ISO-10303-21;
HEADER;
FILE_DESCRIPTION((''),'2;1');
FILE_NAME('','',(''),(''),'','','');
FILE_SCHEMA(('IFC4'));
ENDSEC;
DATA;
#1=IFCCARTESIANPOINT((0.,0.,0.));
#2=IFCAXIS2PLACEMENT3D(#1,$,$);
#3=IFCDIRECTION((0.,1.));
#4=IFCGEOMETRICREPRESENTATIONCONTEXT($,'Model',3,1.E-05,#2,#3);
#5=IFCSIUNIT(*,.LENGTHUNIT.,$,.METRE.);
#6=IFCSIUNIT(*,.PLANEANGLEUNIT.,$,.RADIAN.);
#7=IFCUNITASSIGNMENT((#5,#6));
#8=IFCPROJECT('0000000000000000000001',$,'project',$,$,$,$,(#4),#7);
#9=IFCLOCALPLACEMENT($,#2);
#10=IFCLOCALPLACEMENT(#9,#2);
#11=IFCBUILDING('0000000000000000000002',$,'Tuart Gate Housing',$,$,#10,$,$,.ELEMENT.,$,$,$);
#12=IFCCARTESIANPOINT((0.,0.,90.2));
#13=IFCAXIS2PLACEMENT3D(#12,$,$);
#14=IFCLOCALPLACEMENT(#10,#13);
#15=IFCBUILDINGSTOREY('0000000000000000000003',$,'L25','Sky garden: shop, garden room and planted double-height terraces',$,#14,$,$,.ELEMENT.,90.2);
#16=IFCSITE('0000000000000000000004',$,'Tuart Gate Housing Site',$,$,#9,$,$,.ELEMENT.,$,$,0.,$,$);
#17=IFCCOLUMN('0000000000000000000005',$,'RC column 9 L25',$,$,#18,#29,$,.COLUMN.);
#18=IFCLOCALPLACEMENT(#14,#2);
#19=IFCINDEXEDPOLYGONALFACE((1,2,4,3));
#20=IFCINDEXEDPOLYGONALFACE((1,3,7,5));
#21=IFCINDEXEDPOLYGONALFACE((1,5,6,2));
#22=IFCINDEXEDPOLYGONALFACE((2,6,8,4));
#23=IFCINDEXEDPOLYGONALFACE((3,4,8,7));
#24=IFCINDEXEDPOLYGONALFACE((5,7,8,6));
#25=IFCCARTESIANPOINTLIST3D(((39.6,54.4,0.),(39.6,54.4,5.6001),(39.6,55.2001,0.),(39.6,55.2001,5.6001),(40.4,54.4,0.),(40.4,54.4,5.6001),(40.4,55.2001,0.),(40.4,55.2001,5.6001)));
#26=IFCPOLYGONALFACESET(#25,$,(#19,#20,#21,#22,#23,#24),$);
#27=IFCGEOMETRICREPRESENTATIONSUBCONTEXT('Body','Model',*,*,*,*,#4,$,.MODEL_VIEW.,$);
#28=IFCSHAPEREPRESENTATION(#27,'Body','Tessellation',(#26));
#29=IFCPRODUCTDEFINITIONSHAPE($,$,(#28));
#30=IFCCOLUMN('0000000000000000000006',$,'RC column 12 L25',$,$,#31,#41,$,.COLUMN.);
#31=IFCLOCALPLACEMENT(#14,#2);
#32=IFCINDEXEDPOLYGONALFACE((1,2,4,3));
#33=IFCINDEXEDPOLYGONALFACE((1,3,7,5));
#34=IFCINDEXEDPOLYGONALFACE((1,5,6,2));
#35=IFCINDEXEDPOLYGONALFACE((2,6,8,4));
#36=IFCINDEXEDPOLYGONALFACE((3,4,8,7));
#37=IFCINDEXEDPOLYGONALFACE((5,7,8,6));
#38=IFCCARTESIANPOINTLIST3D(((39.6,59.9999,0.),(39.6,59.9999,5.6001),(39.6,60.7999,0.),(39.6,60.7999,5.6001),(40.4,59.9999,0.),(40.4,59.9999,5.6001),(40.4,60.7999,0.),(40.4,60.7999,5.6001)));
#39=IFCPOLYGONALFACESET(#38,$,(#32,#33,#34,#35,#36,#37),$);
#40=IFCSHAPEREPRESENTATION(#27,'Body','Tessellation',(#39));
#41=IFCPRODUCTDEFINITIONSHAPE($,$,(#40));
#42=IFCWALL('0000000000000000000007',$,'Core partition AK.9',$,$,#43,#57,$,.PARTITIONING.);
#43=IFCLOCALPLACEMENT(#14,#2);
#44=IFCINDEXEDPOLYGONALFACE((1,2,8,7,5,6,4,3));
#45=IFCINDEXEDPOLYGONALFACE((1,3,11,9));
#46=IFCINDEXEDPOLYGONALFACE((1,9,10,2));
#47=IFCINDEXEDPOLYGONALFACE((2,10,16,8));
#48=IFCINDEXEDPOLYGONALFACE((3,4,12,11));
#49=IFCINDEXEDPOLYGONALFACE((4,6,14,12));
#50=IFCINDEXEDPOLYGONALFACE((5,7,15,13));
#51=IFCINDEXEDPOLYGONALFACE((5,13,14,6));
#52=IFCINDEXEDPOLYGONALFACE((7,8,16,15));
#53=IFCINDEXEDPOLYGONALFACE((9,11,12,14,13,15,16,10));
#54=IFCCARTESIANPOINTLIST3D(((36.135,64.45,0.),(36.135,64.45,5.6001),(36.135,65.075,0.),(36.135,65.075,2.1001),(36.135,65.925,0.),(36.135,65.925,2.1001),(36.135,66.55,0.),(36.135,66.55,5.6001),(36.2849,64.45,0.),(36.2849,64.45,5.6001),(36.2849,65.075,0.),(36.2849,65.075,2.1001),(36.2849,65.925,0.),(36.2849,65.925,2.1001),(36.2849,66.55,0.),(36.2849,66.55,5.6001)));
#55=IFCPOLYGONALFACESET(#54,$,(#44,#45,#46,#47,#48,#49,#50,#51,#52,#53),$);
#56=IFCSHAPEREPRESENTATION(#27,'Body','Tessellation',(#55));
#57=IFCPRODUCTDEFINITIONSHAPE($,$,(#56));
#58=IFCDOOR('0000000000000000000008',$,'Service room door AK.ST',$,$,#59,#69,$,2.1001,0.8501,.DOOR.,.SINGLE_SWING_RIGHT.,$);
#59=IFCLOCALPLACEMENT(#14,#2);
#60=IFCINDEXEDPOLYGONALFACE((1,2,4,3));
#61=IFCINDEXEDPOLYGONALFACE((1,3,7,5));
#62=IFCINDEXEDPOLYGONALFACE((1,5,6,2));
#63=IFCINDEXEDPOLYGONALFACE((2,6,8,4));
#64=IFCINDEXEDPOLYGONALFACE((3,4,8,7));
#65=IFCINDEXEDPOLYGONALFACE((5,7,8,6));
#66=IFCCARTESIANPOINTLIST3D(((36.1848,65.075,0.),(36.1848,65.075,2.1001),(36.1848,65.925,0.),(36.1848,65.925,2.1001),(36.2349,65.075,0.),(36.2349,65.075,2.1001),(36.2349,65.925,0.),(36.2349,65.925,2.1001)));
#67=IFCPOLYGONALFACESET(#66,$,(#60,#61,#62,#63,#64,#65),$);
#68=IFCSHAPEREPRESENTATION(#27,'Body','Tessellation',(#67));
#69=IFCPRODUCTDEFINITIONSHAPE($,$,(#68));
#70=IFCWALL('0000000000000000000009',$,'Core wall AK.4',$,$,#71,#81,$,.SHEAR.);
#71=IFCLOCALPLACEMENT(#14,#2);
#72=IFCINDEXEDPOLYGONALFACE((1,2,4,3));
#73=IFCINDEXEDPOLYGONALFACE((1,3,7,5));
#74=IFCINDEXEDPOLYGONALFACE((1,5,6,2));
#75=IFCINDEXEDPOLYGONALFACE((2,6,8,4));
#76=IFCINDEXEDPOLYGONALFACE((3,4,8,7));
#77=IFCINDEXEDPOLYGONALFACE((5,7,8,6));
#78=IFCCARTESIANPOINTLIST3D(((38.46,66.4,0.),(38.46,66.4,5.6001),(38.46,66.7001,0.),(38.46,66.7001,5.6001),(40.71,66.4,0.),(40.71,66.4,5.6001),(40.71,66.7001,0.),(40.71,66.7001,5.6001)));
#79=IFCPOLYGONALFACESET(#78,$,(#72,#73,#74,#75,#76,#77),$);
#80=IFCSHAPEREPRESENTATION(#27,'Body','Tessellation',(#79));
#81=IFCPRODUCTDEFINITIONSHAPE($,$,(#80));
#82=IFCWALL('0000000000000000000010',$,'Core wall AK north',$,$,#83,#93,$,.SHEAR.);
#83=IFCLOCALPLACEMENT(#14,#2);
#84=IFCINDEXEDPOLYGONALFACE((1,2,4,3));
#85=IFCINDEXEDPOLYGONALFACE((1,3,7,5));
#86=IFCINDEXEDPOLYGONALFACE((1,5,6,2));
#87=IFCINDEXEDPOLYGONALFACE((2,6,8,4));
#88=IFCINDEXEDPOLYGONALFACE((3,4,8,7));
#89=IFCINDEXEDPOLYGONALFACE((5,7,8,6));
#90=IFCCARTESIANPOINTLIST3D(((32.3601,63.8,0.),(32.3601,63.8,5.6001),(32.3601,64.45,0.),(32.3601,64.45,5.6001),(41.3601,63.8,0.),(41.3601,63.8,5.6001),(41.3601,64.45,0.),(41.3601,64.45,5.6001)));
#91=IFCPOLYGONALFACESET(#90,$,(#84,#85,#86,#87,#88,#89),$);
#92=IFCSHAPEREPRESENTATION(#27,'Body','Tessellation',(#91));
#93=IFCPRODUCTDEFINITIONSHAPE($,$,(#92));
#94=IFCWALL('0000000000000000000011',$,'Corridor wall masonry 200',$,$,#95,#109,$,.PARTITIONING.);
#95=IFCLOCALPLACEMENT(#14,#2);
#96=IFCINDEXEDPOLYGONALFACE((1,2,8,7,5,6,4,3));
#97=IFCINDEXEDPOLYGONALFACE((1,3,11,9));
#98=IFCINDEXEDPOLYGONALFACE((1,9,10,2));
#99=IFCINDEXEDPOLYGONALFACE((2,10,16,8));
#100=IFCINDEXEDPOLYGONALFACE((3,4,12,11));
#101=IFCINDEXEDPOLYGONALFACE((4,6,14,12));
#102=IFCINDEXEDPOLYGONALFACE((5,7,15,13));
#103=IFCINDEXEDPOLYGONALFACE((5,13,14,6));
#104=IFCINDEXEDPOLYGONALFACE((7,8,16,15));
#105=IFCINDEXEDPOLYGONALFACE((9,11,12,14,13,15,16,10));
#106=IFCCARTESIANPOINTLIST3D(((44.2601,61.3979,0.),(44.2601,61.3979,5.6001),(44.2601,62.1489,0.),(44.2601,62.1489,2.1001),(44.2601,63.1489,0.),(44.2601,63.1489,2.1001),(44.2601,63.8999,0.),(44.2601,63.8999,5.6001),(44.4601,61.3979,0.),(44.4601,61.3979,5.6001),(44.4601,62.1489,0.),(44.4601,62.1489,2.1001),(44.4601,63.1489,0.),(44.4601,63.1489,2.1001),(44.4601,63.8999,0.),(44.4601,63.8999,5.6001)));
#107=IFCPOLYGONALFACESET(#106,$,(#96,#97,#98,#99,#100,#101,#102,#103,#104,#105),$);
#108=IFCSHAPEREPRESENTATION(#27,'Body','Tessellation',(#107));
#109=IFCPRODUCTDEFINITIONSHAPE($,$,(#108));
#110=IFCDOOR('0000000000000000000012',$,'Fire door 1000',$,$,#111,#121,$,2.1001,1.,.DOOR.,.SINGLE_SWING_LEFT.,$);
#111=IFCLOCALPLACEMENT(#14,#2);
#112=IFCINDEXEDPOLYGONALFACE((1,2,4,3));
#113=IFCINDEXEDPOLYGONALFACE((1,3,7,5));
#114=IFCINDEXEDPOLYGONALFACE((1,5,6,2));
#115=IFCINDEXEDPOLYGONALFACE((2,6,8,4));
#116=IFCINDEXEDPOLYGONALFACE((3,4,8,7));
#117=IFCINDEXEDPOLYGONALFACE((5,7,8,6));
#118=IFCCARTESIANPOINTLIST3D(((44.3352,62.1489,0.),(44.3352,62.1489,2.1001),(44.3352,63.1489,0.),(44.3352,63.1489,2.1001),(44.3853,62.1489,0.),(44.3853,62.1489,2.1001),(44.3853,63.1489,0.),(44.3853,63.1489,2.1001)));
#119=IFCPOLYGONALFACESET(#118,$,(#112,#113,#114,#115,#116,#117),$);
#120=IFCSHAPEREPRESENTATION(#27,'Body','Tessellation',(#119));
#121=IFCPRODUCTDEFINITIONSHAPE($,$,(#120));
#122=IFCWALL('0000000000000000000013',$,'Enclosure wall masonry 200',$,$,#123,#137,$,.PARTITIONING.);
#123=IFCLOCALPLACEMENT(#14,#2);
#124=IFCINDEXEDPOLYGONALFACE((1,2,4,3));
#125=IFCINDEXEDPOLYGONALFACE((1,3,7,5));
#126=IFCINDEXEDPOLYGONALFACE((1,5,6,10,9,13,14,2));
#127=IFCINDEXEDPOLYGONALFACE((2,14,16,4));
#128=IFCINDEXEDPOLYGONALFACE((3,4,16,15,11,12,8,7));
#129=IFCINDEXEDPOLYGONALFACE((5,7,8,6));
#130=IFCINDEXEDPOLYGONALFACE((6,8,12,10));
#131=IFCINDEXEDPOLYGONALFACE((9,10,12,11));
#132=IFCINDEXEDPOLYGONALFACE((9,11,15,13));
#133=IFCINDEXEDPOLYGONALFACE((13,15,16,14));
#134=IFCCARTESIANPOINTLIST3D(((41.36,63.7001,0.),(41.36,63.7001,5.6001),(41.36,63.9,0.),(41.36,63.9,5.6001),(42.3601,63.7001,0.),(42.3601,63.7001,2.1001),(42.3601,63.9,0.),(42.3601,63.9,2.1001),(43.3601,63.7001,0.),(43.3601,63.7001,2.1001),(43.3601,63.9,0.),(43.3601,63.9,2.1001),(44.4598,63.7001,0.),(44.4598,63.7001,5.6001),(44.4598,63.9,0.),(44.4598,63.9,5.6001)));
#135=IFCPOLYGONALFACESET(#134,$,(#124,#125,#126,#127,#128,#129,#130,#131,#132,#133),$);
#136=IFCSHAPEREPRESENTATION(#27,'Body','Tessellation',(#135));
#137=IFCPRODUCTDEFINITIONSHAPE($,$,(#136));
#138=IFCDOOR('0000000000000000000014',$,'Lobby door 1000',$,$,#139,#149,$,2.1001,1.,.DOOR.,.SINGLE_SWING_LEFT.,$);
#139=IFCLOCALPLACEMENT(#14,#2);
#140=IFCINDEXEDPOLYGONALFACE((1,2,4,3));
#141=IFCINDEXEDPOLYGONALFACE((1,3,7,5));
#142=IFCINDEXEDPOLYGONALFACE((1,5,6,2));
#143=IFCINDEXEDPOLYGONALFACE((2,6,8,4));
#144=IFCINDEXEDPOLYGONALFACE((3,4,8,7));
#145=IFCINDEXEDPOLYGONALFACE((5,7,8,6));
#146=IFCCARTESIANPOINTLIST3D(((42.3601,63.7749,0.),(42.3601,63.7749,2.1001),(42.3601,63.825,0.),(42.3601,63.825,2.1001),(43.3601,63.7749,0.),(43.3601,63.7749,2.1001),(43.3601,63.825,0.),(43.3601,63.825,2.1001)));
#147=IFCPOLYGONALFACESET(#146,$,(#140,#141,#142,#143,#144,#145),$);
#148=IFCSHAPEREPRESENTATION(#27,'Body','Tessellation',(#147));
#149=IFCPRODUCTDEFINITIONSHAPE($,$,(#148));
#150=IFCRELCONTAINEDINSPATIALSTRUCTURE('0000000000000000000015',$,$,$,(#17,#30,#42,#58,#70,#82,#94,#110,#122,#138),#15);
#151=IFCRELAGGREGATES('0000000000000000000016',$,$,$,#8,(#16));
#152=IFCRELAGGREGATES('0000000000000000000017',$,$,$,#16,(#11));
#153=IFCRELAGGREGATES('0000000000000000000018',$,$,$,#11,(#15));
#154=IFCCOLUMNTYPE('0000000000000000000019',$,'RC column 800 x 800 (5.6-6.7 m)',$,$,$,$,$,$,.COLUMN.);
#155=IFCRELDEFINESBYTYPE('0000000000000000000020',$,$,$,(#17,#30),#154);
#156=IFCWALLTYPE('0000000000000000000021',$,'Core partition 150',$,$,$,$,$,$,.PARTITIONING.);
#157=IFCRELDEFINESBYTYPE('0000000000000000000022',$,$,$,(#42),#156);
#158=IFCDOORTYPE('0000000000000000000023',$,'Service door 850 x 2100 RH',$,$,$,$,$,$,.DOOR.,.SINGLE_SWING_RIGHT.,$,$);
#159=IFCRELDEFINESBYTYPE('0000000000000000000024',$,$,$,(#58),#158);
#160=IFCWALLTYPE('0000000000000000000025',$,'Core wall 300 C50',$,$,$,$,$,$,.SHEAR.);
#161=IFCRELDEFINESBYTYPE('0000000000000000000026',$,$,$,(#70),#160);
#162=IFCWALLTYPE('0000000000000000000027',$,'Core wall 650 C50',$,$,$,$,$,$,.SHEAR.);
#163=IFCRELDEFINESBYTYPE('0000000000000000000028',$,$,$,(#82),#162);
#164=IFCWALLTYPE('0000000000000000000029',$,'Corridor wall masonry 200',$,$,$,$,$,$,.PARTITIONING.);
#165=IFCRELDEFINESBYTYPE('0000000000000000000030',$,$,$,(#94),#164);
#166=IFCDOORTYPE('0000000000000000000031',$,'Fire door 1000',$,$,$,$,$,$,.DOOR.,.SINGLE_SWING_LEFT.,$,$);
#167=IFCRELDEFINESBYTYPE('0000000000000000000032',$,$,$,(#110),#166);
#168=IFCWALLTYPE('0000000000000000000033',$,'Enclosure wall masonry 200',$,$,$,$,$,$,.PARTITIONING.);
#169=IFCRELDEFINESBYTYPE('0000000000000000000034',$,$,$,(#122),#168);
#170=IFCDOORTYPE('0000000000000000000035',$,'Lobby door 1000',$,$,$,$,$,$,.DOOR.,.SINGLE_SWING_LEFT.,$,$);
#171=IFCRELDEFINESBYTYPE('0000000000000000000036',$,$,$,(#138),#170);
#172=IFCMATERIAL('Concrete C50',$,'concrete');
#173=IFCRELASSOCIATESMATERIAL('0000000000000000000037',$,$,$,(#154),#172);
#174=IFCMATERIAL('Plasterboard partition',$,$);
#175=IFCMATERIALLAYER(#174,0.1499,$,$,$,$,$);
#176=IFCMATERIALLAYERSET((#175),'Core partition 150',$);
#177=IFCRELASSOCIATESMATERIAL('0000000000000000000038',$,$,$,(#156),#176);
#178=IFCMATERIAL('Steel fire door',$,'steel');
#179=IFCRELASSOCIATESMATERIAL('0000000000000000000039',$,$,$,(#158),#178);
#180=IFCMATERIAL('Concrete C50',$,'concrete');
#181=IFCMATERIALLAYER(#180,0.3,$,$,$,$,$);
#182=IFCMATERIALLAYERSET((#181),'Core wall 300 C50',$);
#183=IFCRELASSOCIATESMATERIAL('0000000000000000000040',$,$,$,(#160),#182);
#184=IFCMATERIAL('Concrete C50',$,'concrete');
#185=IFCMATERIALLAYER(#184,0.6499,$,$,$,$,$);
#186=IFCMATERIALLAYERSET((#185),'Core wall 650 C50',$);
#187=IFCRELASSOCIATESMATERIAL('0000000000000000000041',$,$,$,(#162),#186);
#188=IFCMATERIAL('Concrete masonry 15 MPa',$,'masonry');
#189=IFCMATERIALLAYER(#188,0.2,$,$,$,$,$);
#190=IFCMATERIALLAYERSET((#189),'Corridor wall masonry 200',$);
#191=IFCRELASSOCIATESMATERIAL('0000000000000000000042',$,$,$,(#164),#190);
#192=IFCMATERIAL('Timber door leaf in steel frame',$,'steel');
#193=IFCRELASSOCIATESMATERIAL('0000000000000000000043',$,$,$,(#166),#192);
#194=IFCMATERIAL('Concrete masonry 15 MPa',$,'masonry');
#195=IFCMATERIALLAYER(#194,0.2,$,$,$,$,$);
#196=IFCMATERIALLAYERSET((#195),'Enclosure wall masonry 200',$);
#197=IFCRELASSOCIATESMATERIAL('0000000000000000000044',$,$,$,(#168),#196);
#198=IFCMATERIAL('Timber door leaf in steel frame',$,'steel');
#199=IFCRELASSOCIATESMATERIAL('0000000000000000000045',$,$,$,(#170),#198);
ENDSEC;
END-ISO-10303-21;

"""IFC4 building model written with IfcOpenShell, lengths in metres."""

from ifc_helpers import new_model, si_unit, direction, frame, frame_2d, origin, origin_2d, place, context, subcontext, project, spatial, rectangle, extrude, material, layer, layer_set, material_profile, profile_set, type_object, element, fill, save


model = new_model("IFC4")

# Units and contexts
model_context = context("Model", 3, precision=1e-05, world=origin(), true_north=direction((0.0, 1.0)))
body_context = subcontext(model_context, "Body", "Model", "MODEL_VIEW")
ifc_project = project(units=[si_unit("LENGTHUNIT", "METRE"), si_unit("PLANEANGLEUNIT", "RADIAN")], contexts=[model_context])

# Site, building, storey
site_placement = place(None, origin())
site = spatial("IfcSite", under=ifc_project, at=site_placement, Name="Tuart Gate Housing Site", CompositionType="ELEMENT", RefElevation=0.0)
building_placement = place(site_placement, origin())
building = spatial("IfcBuilding", under=site, at=building_placement, Name="Tuart Gate Housing", CompositionType="ELEMENT")
storey_placement = place(building_placement, frame((0.0, 0.0, 90.2)))
storey = spatial("IfcBuildingStorey", under=building, at=storey_placement, Name="L25", Description="Sky garden: shop, garden room and planted double-height terraces", CompositionType="ELEMENT", Elevation=90.2)

# Columns
ifc_material_1 = material(Name="Concrete C50", Category="concrete")
ifc_material_profile = material_profile(ifc_material_1, rectangle(XDim=0.8, YDim=0.8, at=origin_2d()), Name="RC column 800 x 800 (5.6-6.7 m)")
ifc_profile_set = profile_set([ifc_material_profile], Name="Concrete C50")
column_type = type_object("IfcColumnType", Name="RC column 800 x 800 (5.6-6.7 m)", PredefinedType="COLUMN", material=ifc_profile_set)
for number, where, z_axis, x_axis, name in (
    (1, (40.0, 54.8, 0.0), (0.0, 0.0, 1.0), (1.0, 0.0, 0.0), "RC column 9 L25"),
    (2, (40.0, 60.3999, 0.0), (0.0, 0.0, 1.0), (1.0, 0.0, 0.0), "RC column 12 L25"),
):
    element("IfcColumn", number, at=place(storey_placement, frame(where, z_axis=z_axis, x_axis=x_axis)), inside=storey, type_object=column_type, Name=name, PredefinedType="COLUMN", context=body_context, shape_type="SweptSolid", body=[
        extrude(rectangle(XDim=0.8, YDim=0.8, at=origin_2d()), origin(), (0.0, 0.0, 1.0), 5.6001),
    ])

# Wall, opening, door
ifc_material_2 = material(Name="Plasterboard partition")
ifc_layer_1 = layer(ifc_material_2, 0.1499)
ifc_layer_set_1 = layer_set([ifc_layer_1], Name="Core partition 150")
wall_type_1 = type_object("IfcWallType", Name="Core partition 150", PredefinedType="PARTITIONING", material=ifc_layer_set_1)
wall_1_placement = place(storey_placement, frame((36.21, 66.55, 0.0), z_axis=(0.0, 0.0, 1.0), x_axis=(0.0, -1.0, 0.0)))
wall_1 = element("IfcWall", 3, at=wall_1_placement, inside=storey, type_object=wall_type_1, Name="Core partition AK.9", PredefinedType="PARTITIONING", context=body_context, shape_type="SweptSolid", body=[
    extrude(rectangle(XDim=2.1001, YDim=0.1499, at=frame_2d((1.05, 0.0))), origin(), (0.0, 0.0, 1.0), 5.6001),
])
opening_1_placement = place(wall_1_placement, frame((0.625, 0.0, 0.0)))
opening_1 = element("IfcOpeningElement", 4, at=opening_1_placement, cuts=wall_1, PredefinedType="OPENING", context=body_context, shape_type="SweptSolid", body=[
    extrude(rectangle(XDim=0.8501, YDim=2.1001, at=frame_2d((0.425, 1.05))), frame((0.0, 0.085, 0.0), z_axis=(0.0, -1.0, 0.0), x_axis=(1.0, 0.0, 0.0)), (0.0, 0.0, 1.0), 0.1699),
])
ifc_material_3 = material(Name="Steel fire door", Category="steel")
door_type_1 = type_object("IfcDoorType", Name="Service door 850 x 2100 RH", OperationType="SINGLE_SWING_RIGHT", PredefinedType="DOOR", material=ifc_material_3)
door_1_placement = place(opening_1_placement, frame((0.8501, 0.0, 0.0), z_axis=(0.0, 0.0, 1.0), x_axis=(-1.0, 0.0, 0.0)))
door_1 = element("IfcDoor", 5, at=door_1_placement, inside=storey, type_object=door_type_1, Name="Service room door AK.ST", OperationType="SINGLE_SWING_RIGHT", OverallHeight=2.1001, OverallWidth=0.8501, PredefinedType="DOOR", context=body_context, shape_type="SweptSolid", body=[
    extrude(rectangle(XDim=0.8501, YDim=2.1001, at=frame_2d((0.425, 1.05))), frame((0.0, 0.0251, 0.0), z_axis=(0.0, -1.0, 0.0), x_axis=(1.0, 0.0, 0.0)), (0.0, 0.0, 1.0), 0.05),
])
fill(opening_1, door_1)

# Walls
ifc_material_4 = material(Name="Concrete C50", Category="concrete")
ifc_layer_2 = layer(ifc_material_4, 0.3)
ifc_layer_set_2 = layer_set([ifc_layer_2], Name="Core wall 300 C50")
wall_type_2 = type_object("IfcWallType", Name="Core wall 300 C50", PredefinedType="SHEAR", material=ifc_layer_set_2)
wall_2_placement = place(storey_placement, frame((40.71, 66.55, 0.0), z_axis=(0.0, 0.0, 1.0), x_axis=(-1.0, 0.0, 0.0)))
element("IfcWall", 6, at=wall_2_placement, inside=storey, type_object=wall_type_2, Name="Core wall AK.4", PredefinedType="SHEAR", context=body_context, shape_type="SweptSolid", body=[
    extrude(rectangle(XDim=2.25, YDim=0.3, at=frame_2d((1.125, 0.0))), origin(), (0.0, 0.0, 1.0), 5.6001),
])
ifc_material_5 = material(Name="Concrete C50", Category="concrete")
ifc_layer_3 = layer(ifc_material_5, 0.6499)
ifc_layer_set_3 = layer_set([ifc_layer_3], Name="Core wall 650 C50")
wall_type_3 = type_object("IfcWallType", Name="Core wall 650 C50", PredefinedType="SHEAR", material=ifc_layer_set_3)
wall_3_placement = place(storey_placement, frame((41.3601, 64.125, 0.0), z_axis=(0.0, 0.0, 1.0), x_axis=(-1.0, 0.0, 0.0)))
element("IfcWall", 7, at=wall_3_placement, inside=storey, type_object=wall_type_3, Name="Core wall AK north", PredefinedType="SHEAR", context=body_context, shape_type="SweptSolid", body=[
    extrude(rectangle(XDim=9.0, YDim=0.6499, at=frame_2d((4.5, 0.0))), origin(), (0.0, 0.0, 1.0), 5.6001),
])

# Walls, openings, doors
ifc_material_6 = material(Name="Concrete masonry 15 MPa", Category="masonry")
ifc_layer_4 = layer(ifc_material_6, 0.2)
ifc_layer_set_4 = layer_set([ifc_layer_4], Name="Corridor wall masonry 200")
wall_type_4 = type_object("IfcWallType", Name="Corridor wall masonry 200", PredefinedType="PARTITIONING", material=ifc_layer_set_4)
wall_4_placement = place(storey_placement, frame((44.3601, 61.3979, 0.0), z_axis=(0.0, 0.0, 1.0), x_axis=(0.0, 1.0, 0.0)))
wall_4 = element("IfcWall", 8, at=wall_4_placement, inside=storey, type_object=wall_type_4, Name="Corridor wall masonry 200", PredefinedType="PARTITIONING", context=body_context, shape_type="SweptSolid", body=[
    extrude(rectangle(XDim=2.502, YDim=0.2, at=frame_2d((1.251, 0.0))), origin(), (0.0, 0.0, 1.0), 5.6001),
])
opening_2_placement = place(wall_4_placement, frame((0.751, 0.0, 0.0)))
opening_2 = element("IfcOpeningElement", 9, at=opening_2_placement, cuts=wall_4, PredefinedType="OPENING", context=body_context, shape_type="SweptSolid", body=[
    extrude(rectangle(XDim=1.0, YDim=2.1001, at=frame_2d((0.5, 1.05))), frame((0.0, 0.1099, 0.0), z_axis=(0.0, -1.0, 0.0), x_axis=(1.0, 0.0, 0.0)), (0.0, 0.0, 1.0), 0.22),
])
ifc_material_7 = material(Name="Timber door leaf in steel frame", Category="steel")
door_type_2 = type_object("IfcDoorType", Name="Fire door 1000", OperationType="SINGLE_SWING_LEFT", PredefinedType="DOOR", material=ifc_material_7)
door_2_placement = place(opening_2_placement, frame((1.0, 0.0, 0.0), z_axis=(0.0, 0.0, 1.0), x_axis=(-1.0, 0.0, 0.0)))
door_2 = element("IfcDoor", 10, at=door_2_placement, inside=storey, type_object=door_type_2, Name="Fire door 1000", OperationType="SINGLE_SWING_LEFT", OverallHeight=2.1001, OverallWidth=1.0, PredefinedType="DOOR", context=body_context, shape_type="SweptSolid", body=[
    extrude(rectangle(XDim=1.0, YDim=2.1001, at=frame_2d((0.5, 1.05))), frame((0.0, 0.0251, 0.0), z_axis=(0.0, -1.0, 0.0), x_axis=(1.0, 0.0, 0.0)), (0.0, 0.0, 1.0), 0.05),
])
fill(opening_2, door_2)
ifc_material_8 = material(Name="Concrete masonry 15 MPa", Category="masonry")
ifc_layer_5 = layer(ifc_material_8, 0.2)
ifc_layer_set_5 = layer_set([ifc_layer_5], Name="Enclosure wall masonry 200")
wall_type_5 = type_object("IfcWallType", Name="Enclosure wall masonry 200", PredefinedType="PARTITIONING", material=ifc_layer_set_5)
wall_5_placement = place(storey_placement, frame((41.3601, 63.8, 0.0), z_axis=(0.0, 0.0, 1.0), x_axis=(1.0, 0.0, 0.0)))
wall_5 = element("IfcWall", 11, at=wall_5_placement, inside=storey, type_object=wall_type_5, Name="Enclosure wall masonry 200", PredefinedType="PARTITIONING", context=body_context, shape_type="SweptSolid", body=[
    extrude(rectangle(XDim=3.0999, YDim=0.2, at=frame_2d((1.5498, 0.0))), origin(), (0.0, 0.0, 1.0), 5.6001),
])
opening_3_placement = place(wall_5_placement, frame((1.0, 0.0, 0.0)))
opening_3 = element("IfcOpeningElement", 12, at=opening_3_placement, cuts=wall_5, PredefinedType="OPENING", context=body_context, shape_type="SweptSolid", body=[
    extrude(rectangle(XDim=1.0, YDim=2.1001, at=frame_2d((0.5, 1.05))), frame((0.0, 0.1099, 0.0), z_axis=(0.0, -1.0, 0.0), x_axis=(1.0, 0.0, 0.0)), (0.0, 0.0, 1.0), 0.22),
])
ifc_material_9 = material(Name="Timber door leaf in steel frame", Category="steel")
door_type_3 = type_object("IfcDoorType", Name="Lobby door 1000", OperationType="SINGLE_SWING_LEFT", PredefinedType="DOOR", material=ifc_material_9)
door_3_placement = place(opening_3_placement, frame((1.0, 0.0, 0.0), z_axis=(0.0, 0.0, 1.0), x_axis=(-1.0, 0.0, 0.0)))
door_3 = element("IfcDoor", 13, at=door_3_placement, inside=storey, type_object=door_type_3, Name="Lobby door 1000", OperationType="SINGLE_SWING_LEFT", OverallHeight=2.1001, OverallWidth=1.0, PredefinedType="DOOR", context=body_context, shape_type="SweptSolid", body=[
    extrude(rectangle(XDim=1.0, YDim=2.1001, at=frame_2d((0.5, 1.05))), frame((0.0, 0.0251, 0.0), z_axis=(0.0, -1.0, 0.0), x_axis=(1.0, 0.0, 0.0)), (0.0, 0.0, 1.0), 0.05),
])
fill(opening_3, door_3)

save(model, "model.ifc")
